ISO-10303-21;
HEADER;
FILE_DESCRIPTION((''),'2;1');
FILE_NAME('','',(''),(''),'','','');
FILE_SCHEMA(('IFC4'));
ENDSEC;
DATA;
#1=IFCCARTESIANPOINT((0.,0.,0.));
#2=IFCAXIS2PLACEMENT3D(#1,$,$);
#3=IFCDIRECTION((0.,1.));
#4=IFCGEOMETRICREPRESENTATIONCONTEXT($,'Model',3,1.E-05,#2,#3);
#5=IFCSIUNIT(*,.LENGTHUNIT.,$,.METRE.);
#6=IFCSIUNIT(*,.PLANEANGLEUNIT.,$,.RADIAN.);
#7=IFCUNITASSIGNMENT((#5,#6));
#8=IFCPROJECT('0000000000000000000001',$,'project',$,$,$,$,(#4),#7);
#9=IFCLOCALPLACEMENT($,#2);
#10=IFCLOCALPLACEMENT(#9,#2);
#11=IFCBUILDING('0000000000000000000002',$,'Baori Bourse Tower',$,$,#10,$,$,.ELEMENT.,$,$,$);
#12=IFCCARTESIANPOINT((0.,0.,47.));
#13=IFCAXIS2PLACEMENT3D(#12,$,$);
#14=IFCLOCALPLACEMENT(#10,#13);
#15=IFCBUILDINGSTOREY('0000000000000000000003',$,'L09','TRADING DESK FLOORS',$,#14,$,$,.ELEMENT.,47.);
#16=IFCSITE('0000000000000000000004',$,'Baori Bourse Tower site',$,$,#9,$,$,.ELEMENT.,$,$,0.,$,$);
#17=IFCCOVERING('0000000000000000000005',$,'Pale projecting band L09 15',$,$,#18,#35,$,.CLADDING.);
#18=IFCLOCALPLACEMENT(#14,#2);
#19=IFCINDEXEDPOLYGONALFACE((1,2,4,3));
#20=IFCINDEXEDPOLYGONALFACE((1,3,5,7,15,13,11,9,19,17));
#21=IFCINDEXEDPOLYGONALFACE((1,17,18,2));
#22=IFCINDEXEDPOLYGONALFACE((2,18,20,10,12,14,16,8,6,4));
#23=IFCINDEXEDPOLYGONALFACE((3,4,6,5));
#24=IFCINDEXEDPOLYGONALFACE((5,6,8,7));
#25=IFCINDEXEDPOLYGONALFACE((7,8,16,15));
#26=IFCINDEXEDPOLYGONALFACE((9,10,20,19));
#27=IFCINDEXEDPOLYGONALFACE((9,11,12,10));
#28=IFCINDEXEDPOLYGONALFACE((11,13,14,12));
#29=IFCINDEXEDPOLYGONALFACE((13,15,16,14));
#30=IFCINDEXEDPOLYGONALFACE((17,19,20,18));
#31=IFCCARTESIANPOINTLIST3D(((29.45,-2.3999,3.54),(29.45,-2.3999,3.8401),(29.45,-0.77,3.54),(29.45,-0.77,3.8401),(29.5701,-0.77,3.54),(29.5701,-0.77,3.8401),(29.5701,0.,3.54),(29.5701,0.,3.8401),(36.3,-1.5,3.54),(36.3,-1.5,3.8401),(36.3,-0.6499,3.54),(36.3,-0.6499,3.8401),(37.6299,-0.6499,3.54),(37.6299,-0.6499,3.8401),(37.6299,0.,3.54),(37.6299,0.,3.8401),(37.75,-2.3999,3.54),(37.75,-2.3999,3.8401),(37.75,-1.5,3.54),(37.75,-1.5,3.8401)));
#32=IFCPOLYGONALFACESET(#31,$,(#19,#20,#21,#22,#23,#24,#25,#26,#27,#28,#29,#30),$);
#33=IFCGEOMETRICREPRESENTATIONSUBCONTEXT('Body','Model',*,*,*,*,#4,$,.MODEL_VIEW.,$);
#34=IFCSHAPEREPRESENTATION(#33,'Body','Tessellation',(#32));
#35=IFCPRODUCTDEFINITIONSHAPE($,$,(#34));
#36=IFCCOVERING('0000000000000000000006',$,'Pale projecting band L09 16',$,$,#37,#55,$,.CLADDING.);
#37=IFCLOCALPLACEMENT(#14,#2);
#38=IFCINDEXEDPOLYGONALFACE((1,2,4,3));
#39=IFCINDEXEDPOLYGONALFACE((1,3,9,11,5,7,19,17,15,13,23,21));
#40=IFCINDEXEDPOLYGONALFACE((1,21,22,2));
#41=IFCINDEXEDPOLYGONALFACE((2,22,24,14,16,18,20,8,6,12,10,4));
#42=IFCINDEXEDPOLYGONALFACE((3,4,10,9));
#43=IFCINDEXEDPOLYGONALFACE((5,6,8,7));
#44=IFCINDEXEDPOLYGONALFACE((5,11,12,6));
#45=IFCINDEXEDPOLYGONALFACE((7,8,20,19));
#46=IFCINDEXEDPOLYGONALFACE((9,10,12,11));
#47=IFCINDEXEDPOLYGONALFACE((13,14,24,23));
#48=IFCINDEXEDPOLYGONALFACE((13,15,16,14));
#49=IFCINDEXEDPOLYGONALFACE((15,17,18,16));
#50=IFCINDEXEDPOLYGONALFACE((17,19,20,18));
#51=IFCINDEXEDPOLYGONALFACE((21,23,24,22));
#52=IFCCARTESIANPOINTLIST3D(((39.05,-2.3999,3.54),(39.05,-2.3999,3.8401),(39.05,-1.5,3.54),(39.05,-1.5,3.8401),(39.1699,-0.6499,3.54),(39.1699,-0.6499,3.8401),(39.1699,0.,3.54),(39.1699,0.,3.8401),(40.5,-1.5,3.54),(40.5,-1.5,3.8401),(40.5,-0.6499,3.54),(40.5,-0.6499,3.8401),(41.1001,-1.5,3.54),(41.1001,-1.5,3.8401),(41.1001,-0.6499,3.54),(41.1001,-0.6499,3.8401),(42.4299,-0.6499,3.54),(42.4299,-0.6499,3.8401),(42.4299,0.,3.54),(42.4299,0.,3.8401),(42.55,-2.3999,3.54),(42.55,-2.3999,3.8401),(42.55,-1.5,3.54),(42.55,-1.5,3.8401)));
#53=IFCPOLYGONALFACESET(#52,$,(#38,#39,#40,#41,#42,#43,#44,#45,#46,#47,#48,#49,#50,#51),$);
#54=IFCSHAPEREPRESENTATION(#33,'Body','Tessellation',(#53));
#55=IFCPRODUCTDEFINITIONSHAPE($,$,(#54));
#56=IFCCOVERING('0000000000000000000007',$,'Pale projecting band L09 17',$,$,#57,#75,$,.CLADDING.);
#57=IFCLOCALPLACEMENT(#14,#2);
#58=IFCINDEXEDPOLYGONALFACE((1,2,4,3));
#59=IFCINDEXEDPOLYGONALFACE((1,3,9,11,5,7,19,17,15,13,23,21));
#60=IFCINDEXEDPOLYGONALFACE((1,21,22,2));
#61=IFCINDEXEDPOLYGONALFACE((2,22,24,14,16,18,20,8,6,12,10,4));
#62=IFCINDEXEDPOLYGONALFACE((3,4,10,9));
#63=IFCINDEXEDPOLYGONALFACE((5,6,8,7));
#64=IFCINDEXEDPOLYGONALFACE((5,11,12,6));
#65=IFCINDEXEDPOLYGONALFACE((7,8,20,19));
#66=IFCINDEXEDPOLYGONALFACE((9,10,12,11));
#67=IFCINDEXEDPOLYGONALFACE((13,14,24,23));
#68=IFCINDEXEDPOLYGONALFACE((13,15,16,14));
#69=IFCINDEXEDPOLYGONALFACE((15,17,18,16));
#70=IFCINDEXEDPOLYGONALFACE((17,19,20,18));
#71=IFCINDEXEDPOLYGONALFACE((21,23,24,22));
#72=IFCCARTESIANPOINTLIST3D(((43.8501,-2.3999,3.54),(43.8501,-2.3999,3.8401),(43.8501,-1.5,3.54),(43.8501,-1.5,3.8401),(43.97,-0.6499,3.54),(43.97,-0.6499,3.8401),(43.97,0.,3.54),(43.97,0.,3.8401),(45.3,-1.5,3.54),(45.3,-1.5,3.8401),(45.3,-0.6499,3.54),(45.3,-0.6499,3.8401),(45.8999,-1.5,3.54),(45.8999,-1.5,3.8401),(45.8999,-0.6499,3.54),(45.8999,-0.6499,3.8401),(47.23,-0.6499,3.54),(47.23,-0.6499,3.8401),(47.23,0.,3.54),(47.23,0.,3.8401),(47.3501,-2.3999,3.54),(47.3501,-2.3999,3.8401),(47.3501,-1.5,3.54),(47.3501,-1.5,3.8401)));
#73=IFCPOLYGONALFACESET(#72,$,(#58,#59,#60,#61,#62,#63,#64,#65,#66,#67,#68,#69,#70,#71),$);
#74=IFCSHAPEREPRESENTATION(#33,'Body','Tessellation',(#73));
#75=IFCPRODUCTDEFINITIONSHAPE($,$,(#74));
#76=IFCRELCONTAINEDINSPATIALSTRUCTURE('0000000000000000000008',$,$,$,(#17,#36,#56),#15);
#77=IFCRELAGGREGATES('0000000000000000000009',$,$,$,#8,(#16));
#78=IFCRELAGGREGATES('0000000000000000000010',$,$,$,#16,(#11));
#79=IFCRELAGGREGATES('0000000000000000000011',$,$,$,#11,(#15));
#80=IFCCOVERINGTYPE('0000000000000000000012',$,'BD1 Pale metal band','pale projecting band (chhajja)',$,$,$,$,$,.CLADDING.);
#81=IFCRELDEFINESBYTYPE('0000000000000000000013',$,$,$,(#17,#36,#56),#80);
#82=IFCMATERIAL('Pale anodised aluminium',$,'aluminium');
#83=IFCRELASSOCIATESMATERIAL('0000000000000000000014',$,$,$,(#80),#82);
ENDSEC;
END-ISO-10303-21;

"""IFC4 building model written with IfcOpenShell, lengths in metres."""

from ifc_helpers import new_model, si_unit, direction, frame, origin, place, context, subcontext, project, spatial, polyline, outline, extrude, material, type_object, element, save


model = new_model("IFC4")

# Units and contexts
model_context = context("Model", 3, precision=1e-05, world=origin(), true_north=direction((0.0, 1.0)))
body_context = subcontext(model_context, "Body", "Model", "MODEL_VIEW")
ifc_project = project(units=[si_unit("LENGTHUNIT", "METRE"), si_unit("PLANEANGLEUNIT", "RADIAN")], contexts=[model_context])

# Site, building, storey
site_placement = place(None, origin())
site = spatial("IfcSite", under=ifc_project, at=site_placement, Name="Baori Bourse Tower site", CompositionType="ELEMENT", RefElevation=0.0)
building_placement = place(site_placement, origin())
building = spatial("IfcBuilding", under=site, at=building_placement, Name="Baori Bourse Tower", CompositionType="ELEMENT")
storey_placement = place(building_placement, frame((0.0, 0.0, 47.0)))
storey = spatial("IfcBuildingStorey", under=building, at=storey_placement, Name="L09", Description="TRADING DESK FLOORS", CompositionType="ELEMENT", Elevation=47.0)

# Coverings
ifc_material_1 = material(Name="Pale anodised aluminium", Category="aluminium")
covering_type = type_object("IfcCoveringType", Name="BD1 Pale metal band", Description="pale projecting band (chhajja)", PredefinedType="CLADDING", material=ifc_material_1)
covering_1_placement = place(storey_placement, frame((0.0, 0.0, 3.54)))
element("IfcCovering", 1, at=covering_1_placement, inside=storey, type_object=covering_type, Name="Pale projecting band L09 15", PredefinedType="CLADDING", context=body_context, shape_type="SweptSolid", body=[
    extrude(outline(polyline([(37.6299, 0.0), (29.5701, 0.0), (29.5701, -0.77), (29.45, -0.77), (29.45, -2.3999), (37.75, -2.3999), (37.75, -1.5), (36.3, -1.5), (36.3, -0.6499), (37.6299, -0.6499), (37.6299, 0.0)])), origin(), (0.0, 0.0, 1.0), 0.3),
])
covering_2_placement = place(storey_placement, frame((0.0, 0.0, 3.54)))
element("IfcCovering", 2, at=covering_2_placement, inside=storey, type_object=covering_type, Name="Pale projecting band L09 16", PredefinedType="CLADDING", context=body_context, shape_type="SweptSolid", body=[
    extrude(outline(polyline([(42.4299, 0.0), (39.1699, 0.0), (39.1699, -0.6499), (40.5, -0.6499), (40.5, -1.5), (39.05, -1.5), (39.05, -2.3999), (42.55, -2.3999), (42.55, -1.5), (41.1001, -1.5), (41.1001, -0.6499), (42.4299, -0.6499), (42.4299, 0.0)])), origin(), (0.0, 0.0, 1.0), 0.3),
])
covering_3_placement = place(storey_placement, frame((0.0, 0.0, 3.54)))
element("IfcCovering", 3, at=covering_3_placement, inside=storey, type_object=covering_type, Name="Pale projecting band L09 17", PredefinedType="CLADDING", context=body_context, shape_type="SweptSolid", body=[
    extrude(outline(polyline([(47.23, 0.0), (43.97, 0.0), (43.97, -0.6499), (45.3, -0.6499), (45.3, -1.5), (43.8501, -1.5), (43.8501, -2.3999), (47.3501, -2.3999), (47.3501, -1.5), (45.8999, -1.5), (45.8999, -0.6499), (47.23, -0.6499), (47.23, 0.0)])), origin(), (0.0, 0.0, 1.0), 0.3),
])

save(model, "model.ifc")
